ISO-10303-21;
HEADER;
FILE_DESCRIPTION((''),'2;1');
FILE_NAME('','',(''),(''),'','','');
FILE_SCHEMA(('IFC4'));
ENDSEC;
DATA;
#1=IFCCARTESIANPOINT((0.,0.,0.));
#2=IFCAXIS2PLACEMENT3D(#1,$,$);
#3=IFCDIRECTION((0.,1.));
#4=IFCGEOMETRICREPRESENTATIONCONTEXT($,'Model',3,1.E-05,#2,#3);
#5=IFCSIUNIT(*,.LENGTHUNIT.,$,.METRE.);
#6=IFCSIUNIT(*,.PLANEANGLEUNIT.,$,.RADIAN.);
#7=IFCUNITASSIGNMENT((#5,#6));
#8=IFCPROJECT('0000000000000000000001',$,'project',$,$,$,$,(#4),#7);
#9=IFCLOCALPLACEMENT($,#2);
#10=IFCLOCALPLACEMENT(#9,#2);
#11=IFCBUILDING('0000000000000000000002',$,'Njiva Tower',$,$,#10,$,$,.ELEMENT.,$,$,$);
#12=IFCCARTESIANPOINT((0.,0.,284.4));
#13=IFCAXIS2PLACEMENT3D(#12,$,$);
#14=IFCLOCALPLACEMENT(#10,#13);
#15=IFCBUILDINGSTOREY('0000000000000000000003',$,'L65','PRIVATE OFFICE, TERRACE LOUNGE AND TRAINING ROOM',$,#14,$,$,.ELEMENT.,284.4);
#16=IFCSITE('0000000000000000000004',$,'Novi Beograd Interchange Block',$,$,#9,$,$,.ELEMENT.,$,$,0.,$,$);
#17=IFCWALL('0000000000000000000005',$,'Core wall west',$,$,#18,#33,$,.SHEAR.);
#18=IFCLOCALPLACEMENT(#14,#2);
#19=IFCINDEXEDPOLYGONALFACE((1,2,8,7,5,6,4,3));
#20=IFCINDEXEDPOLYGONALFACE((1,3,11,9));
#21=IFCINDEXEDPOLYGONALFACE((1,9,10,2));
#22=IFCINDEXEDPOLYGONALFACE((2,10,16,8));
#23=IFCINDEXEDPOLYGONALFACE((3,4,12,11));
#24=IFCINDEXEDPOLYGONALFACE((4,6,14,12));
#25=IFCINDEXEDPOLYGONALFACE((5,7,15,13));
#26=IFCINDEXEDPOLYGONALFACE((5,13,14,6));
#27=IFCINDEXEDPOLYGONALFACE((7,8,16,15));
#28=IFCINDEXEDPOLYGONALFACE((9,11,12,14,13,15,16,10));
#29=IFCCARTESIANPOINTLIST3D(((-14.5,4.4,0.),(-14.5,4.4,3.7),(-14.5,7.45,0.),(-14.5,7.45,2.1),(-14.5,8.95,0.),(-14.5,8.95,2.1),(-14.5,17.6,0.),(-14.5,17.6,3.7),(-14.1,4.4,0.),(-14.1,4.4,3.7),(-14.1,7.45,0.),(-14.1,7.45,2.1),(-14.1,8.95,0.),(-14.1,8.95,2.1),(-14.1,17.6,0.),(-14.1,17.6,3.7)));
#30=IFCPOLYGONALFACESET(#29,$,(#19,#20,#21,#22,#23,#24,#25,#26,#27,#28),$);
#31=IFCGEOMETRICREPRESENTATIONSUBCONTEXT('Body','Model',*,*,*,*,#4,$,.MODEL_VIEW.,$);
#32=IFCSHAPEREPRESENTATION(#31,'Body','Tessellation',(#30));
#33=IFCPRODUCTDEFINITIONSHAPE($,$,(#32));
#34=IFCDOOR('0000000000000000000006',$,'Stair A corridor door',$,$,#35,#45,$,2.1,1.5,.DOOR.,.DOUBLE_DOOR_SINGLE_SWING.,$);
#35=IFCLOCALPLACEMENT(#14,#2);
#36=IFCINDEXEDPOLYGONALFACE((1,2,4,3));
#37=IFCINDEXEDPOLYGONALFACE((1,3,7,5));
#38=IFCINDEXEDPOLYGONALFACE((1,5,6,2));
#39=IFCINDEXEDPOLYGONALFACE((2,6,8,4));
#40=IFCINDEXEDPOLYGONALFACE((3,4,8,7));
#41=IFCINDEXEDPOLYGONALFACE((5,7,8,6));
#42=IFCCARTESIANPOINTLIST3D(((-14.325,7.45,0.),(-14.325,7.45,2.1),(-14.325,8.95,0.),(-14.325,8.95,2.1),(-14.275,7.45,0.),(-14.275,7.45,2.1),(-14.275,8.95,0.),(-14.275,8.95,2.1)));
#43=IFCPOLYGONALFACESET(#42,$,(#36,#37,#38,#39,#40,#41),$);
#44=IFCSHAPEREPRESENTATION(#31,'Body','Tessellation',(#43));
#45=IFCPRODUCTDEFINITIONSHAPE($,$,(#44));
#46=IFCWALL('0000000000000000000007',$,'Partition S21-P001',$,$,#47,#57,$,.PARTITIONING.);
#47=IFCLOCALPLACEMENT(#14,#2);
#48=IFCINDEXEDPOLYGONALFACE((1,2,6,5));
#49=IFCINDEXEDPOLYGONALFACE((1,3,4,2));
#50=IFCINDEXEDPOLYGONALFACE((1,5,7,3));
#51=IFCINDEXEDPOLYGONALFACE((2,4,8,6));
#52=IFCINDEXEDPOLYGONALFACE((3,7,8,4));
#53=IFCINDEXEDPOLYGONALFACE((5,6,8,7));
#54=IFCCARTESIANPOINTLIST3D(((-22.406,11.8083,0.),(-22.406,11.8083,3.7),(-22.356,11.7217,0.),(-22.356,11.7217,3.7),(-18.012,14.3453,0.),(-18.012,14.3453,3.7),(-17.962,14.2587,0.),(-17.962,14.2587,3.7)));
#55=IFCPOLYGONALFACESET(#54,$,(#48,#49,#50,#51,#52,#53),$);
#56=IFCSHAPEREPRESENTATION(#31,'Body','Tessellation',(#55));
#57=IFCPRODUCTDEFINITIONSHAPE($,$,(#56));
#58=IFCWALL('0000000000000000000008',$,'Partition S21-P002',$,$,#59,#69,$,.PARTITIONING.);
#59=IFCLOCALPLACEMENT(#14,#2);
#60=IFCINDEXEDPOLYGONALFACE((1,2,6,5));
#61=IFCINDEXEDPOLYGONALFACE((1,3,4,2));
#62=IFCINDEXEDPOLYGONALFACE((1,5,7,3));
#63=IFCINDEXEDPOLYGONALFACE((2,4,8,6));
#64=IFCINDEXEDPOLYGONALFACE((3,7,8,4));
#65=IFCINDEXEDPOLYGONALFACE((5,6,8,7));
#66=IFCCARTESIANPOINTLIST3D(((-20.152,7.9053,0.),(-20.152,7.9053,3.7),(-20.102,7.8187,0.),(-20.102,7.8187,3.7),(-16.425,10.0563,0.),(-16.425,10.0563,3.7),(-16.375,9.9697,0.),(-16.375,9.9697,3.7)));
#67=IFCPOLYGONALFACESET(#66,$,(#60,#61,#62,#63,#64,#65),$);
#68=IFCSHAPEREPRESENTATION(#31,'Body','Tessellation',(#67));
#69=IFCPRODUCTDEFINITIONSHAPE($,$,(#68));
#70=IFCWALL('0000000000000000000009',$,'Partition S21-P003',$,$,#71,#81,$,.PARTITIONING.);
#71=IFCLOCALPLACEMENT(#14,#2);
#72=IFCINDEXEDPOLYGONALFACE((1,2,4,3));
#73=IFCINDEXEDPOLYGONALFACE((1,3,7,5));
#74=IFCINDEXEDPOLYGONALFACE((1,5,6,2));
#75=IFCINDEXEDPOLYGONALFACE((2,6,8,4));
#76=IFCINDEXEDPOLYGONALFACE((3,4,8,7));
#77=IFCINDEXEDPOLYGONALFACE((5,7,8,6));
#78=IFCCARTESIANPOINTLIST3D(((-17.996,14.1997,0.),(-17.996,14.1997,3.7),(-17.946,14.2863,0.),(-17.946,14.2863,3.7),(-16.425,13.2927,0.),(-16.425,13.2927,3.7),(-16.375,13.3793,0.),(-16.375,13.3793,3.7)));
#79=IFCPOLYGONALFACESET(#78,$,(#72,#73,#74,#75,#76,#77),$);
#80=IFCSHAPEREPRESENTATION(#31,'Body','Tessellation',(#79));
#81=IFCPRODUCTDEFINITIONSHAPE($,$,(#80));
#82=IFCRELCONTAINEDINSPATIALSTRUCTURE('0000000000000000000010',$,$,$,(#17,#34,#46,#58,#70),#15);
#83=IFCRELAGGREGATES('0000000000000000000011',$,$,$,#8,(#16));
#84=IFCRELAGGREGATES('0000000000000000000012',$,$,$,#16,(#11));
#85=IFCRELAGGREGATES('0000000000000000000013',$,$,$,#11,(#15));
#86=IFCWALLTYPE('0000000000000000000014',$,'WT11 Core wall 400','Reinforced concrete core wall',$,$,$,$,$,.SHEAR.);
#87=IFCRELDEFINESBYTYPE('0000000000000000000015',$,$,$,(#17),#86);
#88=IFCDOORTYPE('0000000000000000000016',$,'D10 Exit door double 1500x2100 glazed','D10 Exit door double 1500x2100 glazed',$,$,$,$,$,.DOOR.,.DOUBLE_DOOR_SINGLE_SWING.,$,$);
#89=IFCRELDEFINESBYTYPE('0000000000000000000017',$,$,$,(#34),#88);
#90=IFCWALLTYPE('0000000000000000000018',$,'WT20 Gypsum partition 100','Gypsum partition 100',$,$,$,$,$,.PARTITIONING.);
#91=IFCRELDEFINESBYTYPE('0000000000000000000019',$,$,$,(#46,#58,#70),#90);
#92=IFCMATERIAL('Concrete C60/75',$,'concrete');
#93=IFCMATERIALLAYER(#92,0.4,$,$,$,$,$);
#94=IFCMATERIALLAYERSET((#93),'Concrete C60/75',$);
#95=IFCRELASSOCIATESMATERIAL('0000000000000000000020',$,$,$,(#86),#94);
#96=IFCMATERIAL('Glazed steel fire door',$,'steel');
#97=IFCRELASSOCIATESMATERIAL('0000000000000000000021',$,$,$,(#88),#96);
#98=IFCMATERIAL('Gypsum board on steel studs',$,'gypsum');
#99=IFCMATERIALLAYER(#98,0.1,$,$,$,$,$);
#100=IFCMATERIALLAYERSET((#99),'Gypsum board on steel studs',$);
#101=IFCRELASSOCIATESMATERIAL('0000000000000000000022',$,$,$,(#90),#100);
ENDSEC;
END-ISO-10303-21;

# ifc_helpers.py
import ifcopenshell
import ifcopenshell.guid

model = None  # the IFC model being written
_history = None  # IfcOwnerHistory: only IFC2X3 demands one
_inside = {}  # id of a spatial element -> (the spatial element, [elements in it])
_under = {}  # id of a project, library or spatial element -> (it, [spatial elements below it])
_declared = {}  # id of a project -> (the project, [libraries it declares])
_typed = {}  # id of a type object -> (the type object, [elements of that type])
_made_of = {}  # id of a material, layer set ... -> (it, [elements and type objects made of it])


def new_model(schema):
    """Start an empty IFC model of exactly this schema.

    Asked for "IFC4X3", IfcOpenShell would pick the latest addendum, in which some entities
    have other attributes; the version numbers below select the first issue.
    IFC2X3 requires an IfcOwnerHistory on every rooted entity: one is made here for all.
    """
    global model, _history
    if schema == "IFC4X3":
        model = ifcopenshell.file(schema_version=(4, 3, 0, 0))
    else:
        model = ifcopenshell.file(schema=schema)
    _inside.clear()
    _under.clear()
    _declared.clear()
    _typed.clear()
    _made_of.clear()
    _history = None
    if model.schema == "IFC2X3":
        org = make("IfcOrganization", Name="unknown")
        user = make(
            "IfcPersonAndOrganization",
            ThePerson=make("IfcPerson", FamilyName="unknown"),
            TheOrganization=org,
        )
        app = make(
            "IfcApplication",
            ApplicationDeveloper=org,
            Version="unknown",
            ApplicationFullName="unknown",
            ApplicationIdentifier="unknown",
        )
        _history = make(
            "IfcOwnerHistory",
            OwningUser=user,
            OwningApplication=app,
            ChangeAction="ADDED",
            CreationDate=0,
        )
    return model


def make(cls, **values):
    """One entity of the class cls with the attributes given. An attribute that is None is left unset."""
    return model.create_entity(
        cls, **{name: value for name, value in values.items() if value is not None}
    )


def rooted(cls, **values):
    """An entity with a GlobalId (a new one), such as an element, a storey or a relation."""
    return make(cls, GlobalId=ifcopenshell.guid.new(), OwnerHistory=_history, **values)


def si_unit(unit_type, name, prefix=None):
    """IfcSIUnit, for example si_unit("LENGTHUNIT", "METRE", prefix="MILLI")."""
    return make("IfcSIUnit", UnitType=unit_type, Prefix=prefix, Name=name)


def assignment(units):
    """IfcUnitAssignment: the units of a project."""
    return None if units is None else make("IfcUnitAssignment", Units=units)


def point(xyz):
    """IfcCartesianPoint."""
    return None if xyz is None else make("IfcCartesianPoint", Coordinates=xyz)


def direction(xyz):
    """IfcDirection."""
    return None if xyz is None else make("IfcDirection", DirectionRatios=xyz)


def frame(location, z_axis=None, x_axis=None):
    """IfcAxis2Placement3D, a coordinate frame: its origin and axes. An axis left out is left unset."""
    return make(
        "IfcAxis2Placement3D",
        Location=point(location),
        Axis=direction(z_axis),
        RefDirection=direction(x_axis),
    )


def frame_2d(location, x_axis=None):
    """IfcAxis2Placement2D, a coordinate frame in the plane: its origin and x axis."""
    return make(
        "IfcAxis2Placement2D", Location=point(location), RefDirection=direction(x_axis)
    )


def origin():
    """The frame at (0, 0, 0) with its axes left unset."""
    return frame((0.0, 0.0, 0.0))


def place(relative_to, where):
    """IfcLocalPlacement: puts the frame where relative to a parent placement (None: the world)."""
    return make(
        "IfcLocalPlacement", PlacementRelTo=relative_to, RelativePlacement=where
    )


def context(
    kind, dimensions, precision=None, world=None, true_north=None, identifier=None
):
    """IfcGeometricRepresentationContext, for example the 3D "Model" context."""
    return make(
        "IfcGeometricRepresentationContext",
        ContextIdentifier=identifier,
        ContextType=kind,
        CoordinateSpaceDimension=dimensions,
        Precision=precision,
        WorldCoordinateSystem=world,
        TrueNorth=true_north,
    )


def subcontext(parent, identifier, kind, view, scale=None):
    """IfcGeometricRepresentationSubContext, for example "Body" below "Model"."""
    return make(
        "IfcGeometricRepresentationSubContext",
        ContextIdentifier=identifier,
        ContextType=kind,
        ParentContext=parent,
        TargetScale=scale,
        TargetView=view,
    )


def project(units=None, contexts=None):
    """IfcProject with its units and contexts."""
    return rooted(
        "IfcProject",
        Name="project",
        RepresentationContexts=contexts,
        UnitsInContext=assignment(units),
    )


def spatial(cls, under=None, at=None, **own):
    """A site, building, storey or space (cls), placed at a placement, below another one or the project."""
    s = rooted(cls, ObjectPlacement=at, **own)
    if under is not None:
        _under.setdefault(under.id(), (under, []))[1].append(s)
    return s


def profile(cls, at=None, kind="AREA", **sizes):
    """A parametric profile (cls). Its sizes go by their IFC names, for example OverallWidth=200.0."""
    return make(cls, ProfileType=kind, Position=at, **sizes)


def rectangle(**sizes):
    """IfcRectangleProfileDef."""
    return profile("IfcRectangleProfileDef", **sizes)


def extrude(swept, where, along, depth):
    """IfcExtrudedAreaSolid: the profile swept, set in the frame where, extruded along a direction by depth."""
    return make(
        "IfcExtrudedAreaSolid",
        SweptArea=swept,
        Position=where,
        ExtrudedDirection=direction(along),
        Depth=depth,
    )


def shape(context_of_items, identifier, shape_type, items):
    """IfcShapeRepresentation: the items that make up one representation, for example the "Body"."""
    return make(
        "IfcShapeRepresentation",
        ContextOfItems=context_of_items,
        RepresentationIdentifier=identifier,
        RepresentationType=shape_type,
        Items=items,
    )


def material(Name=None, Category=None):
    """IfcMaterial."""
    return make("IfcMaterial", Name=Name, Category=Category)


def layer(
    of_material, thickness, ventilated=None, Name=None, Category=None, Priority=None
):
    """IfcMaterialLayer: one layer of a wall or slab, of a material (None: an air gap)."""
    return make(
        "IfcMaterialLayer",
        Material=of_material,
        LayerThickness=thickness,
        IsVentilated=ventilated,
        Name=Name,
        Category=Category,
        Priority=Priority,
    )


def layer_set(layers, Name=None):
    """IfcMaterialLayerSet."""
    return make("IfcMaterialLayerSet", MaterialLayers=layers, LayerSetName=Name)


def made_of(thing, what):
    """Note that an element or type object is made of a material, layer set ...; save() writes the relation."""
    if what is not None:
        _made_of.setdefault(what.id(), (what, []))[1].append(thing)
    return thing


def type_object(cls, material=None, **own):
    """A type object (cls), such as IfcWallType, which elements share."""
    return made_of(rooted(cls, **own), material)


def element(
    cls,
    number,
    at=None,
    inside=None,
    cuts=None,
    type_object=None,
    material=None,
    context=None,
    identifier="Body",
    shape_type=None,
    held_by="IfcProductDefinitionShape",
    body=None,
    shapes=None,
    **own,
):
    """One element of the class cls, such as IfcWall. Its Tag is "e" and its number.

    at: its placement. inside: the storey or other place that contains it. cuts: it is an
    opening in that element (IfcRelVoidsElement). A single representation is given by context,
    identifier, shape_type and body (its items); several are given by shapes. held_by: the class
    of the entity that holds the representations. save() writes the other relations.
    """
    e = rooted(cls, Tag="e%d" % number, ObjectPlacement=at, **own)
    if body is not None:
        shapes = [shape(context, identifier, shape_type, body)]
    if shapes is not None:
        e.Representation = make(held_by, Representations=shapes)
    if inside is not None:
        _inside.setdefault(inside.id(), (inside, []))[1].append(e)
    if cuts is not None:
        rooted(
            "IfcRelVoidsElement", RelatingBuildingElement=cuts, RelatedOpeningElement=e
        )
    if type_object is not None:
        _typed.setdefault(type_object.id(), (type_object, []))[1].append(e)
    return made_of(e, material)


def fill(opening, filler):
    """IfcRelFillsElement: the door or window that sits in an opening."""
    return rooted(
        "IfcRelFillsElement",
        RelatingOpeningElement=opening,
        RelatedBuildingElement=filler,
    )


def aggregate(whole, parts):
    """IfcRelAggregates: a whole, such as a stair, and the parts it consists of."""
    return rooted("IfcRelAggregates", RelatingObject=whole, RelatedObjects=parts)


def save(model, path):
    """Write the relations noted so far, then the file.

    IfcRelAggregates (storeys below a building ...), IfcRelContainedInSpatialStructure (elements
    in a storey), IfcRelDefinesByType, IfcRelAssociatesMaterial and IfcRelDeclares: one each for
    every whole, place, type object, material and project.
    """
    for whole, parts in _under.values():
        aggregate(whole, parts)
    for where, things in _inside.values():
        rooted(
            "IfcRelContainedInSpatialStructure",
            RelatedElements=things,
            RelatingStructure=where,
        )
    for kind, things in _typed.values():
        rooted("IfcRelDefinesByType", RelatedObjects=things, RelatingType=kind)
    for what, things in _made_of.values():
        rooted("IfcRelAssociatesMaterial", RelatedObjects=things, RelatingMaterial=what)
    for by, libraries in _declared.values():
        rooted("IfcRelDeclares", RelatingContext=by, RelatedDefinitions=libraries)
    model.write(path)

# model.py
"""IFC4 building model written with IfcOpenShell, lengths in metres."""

from ifc_helpers import new_model, si_unit, direction, frame, frame_2d, origin, place, context, subcontext, project, spatial, rectangle, extrude, material, layer, layer_set, type_object, element, fill, save


model = new_model("IFC4")

# Units and contexts
model_context = context("Model", 3, precision=1e-05, world=origin(), true_north=direction((0.0, 1.0)))
body_context = subcontext(model_context, "Body", "Model", "MODEL_VIEW")
ifc_project = project(units=[si_unit("LENGTHUNIT", "METRE"), si_unit("PLANEANGLEUNIT", "RADIAN")], contexts=[model_context])

# Site, building, storey
site_placement = place(None, origin())
site = spatial("IfcSite", under=ifc_project, at=site_placement, Name="Novi Beograd Interchange Block", CompositionType="ELEMENT", RefElevation=0.0)
building_placement = place(site_placement, origin())
building = spatial("IfcBuilding", under=site, at=building_placement, Name="Njiva Tower", CompositionType="ELEMENT")
storey_placement = place(building_placement, frame((0.0, 0.0, 284.4)))
storey = spatial("IfcBuildingStorey", under=building, at=storey_placement, Name="L65", Description="PRIVATE OFFICE, TERRACE LOUNGE AND TRAINING ROOM", CompositionType="ELEMENT", Elevation=284.4)

# Wall, opening, door
ifc_material_1 = material(Name="Glazed steel fire door", Category="steel")
ifc_material_2 = material(Name="Concrete C60/75", Category="concrete")
ifc_layer_1 = layer(ifc_material_2, 0.4)
ifc_layer_set_1 = layer_set([ifc_layer_1], Name="Concrete C60/75")
wall_type_1 = type_object("IfcWallType", Name="WT11 Core wall 400", Description="Reinforced concrete core wall", PredefinedType="SHEAR", material=ifc_layer_set_1)
wall_1_placement = place(storey_placement, frame((-14.3, 4.4, 0.0), z_axis=(0.0, 0.0, 1.0), x_axis=(0.0, 1.0, 0.0)))
wall_1 = element("IfcWall", 1, at=wall_1_placement, inside=storey, type_object=wall_type_1, Name="Core wall west", PredefinedType="SHEAR", context=body_context, shape_type="SweptSolid", body=[
    extrude(rectangle(XDim=13.2, YDim=0.4, at=frame_2d((6.6, 0.0))), origin(), (0.0, 0.0, 1.0), 3.7),
])
opening_1_placement = place(wall_1_placement, frame((3.05, 0.0, 0.0)))
opening_1 = element("IfcOpeningElement", 2, at=opening_1_placement, cuts=wall_1, PredefinedType="OPENING", context=body_context, shape_type="SweptSolid", body=[
    extrude(rectangle(XDim=1.5, YDim=2.1, at=frame_2d((0.75, 1.05))), frame((0.0, 0.21, 0.0), z_axis=(0.0, -1.0, 0.0), x_axis=(1.0, 0.0, 0.0)), (0.0, 0.0, 1.0), 0.42),
])
door_type_1 = type_object("IfcDoorType", Name="D10 Exit door double 1500x2100 glazed", Description="D10 Exit door double 1500x2100 glazed", OperationType="DOUBLE_DOOR_SINGLE_SWING", PredefinedType="DOOR", material=ifc_material_1)
door_1_placement = place(opening_1_placement, origin())
door_1 = element("IfcDoor", 3, at=door_1_placement, inside=storey, type_object=door_type_1, Name="Stair A corridor door", OperationType="DOUBLE_DOOR_SINGLE_SWING", OverallHeight=2.1, OverallWidth=1.5, PredefinedType="DOOR", context=body_context, shape_type="SweptSolid", body=[
    extrude(rectangle(XDim=1.5, YDim=2.1, at=frame_2d((0.75, 1.05))), frame((0.0, 0.025, 0.0), z_axis=(0.0, -1.0, 0.0), x_axis=(1.0, 0.0, 0.0)), (0.0, 0.0, 1.0), 0.05),
])
fill(opening_1, door_1)

# Walls
ifc_material_3 = material(Name="Gypsum board on steel studs", Category="gypsum")
ifc_layer_2 = layer(ifc_material_3, 0.1)
ifc_layer_set_2 = layer_set([ifc_layer_2], Name="Gypsum board on steel studs")
wall_type_2 = type_object("IfcWallType", Name="WT20 Gypsum partition 100", Description="Gypsum partition 100", PredefinedType="PARTITIONING", material=ifc_layer_set_2)
wall_2_placement = place(storey_placement, frame((-22.381, 11.765, 0.0), z_axis=(0.0, 0.0, 1.0), x_axis=(0.866015, 0.500018, 0.0)))
element("IfcWall", 4, at=wall_2_placement, inside=storey, type_object=wall_type_2, Name="Partition S21-P001", PredefinedType="PARTITIONING", context=body_context, shape_type="SweptSolid", body=[
    extrude(rectangle(XDim=5.0738, YDim=0.1, at=frame_2d((2.5369, 0.0))), origin(), (0.0, 0.0, 1.0), 3.7),
])
wall_3_placement = place(storey_placement, frame((-20.127, 7.862, 0.0), z_axis=(0.0, 0.0, 1.0), x_axis=(0.866104, 0.499863, 0.0)))
element("IfcWall", 5, at=wall_3_placement, inside=storey, type_object=wall_type_2, Name="Partition S21-P002", PredefinedType="PARTITIONING", context=body_context, shape_type="SweptSolid", body=[
    extrude(rectangle(XDim=4.3032, YDim=0.1, at=frame_2d((2.1516, 0.0))), origin(), (0.0, 0.0, 1.0), 3.7),
])
wall_4_placement = place(storey_placement, frame((-17.971, 14.243, 0.0), z_axis=(0.0, 0.0, 1.0), x_axis=(0.86603, -0.499993, 0.0)))
element("IfcWall", 6, at=wall_4_placement, inside=storey, type_object=wall_type_2, Name="Partition S21-P003", PredefinedType="PARTITIONING", context=body_context, shape_type="SweptSolid", body=[
    extrude(rectangle(XDim=1.814, YDim=0.1, at=frame_2d((0.907, 0.0))), origin(), (0.0, 0.0, 1.0), 3.7),
])

save(model, "model.ifc")
